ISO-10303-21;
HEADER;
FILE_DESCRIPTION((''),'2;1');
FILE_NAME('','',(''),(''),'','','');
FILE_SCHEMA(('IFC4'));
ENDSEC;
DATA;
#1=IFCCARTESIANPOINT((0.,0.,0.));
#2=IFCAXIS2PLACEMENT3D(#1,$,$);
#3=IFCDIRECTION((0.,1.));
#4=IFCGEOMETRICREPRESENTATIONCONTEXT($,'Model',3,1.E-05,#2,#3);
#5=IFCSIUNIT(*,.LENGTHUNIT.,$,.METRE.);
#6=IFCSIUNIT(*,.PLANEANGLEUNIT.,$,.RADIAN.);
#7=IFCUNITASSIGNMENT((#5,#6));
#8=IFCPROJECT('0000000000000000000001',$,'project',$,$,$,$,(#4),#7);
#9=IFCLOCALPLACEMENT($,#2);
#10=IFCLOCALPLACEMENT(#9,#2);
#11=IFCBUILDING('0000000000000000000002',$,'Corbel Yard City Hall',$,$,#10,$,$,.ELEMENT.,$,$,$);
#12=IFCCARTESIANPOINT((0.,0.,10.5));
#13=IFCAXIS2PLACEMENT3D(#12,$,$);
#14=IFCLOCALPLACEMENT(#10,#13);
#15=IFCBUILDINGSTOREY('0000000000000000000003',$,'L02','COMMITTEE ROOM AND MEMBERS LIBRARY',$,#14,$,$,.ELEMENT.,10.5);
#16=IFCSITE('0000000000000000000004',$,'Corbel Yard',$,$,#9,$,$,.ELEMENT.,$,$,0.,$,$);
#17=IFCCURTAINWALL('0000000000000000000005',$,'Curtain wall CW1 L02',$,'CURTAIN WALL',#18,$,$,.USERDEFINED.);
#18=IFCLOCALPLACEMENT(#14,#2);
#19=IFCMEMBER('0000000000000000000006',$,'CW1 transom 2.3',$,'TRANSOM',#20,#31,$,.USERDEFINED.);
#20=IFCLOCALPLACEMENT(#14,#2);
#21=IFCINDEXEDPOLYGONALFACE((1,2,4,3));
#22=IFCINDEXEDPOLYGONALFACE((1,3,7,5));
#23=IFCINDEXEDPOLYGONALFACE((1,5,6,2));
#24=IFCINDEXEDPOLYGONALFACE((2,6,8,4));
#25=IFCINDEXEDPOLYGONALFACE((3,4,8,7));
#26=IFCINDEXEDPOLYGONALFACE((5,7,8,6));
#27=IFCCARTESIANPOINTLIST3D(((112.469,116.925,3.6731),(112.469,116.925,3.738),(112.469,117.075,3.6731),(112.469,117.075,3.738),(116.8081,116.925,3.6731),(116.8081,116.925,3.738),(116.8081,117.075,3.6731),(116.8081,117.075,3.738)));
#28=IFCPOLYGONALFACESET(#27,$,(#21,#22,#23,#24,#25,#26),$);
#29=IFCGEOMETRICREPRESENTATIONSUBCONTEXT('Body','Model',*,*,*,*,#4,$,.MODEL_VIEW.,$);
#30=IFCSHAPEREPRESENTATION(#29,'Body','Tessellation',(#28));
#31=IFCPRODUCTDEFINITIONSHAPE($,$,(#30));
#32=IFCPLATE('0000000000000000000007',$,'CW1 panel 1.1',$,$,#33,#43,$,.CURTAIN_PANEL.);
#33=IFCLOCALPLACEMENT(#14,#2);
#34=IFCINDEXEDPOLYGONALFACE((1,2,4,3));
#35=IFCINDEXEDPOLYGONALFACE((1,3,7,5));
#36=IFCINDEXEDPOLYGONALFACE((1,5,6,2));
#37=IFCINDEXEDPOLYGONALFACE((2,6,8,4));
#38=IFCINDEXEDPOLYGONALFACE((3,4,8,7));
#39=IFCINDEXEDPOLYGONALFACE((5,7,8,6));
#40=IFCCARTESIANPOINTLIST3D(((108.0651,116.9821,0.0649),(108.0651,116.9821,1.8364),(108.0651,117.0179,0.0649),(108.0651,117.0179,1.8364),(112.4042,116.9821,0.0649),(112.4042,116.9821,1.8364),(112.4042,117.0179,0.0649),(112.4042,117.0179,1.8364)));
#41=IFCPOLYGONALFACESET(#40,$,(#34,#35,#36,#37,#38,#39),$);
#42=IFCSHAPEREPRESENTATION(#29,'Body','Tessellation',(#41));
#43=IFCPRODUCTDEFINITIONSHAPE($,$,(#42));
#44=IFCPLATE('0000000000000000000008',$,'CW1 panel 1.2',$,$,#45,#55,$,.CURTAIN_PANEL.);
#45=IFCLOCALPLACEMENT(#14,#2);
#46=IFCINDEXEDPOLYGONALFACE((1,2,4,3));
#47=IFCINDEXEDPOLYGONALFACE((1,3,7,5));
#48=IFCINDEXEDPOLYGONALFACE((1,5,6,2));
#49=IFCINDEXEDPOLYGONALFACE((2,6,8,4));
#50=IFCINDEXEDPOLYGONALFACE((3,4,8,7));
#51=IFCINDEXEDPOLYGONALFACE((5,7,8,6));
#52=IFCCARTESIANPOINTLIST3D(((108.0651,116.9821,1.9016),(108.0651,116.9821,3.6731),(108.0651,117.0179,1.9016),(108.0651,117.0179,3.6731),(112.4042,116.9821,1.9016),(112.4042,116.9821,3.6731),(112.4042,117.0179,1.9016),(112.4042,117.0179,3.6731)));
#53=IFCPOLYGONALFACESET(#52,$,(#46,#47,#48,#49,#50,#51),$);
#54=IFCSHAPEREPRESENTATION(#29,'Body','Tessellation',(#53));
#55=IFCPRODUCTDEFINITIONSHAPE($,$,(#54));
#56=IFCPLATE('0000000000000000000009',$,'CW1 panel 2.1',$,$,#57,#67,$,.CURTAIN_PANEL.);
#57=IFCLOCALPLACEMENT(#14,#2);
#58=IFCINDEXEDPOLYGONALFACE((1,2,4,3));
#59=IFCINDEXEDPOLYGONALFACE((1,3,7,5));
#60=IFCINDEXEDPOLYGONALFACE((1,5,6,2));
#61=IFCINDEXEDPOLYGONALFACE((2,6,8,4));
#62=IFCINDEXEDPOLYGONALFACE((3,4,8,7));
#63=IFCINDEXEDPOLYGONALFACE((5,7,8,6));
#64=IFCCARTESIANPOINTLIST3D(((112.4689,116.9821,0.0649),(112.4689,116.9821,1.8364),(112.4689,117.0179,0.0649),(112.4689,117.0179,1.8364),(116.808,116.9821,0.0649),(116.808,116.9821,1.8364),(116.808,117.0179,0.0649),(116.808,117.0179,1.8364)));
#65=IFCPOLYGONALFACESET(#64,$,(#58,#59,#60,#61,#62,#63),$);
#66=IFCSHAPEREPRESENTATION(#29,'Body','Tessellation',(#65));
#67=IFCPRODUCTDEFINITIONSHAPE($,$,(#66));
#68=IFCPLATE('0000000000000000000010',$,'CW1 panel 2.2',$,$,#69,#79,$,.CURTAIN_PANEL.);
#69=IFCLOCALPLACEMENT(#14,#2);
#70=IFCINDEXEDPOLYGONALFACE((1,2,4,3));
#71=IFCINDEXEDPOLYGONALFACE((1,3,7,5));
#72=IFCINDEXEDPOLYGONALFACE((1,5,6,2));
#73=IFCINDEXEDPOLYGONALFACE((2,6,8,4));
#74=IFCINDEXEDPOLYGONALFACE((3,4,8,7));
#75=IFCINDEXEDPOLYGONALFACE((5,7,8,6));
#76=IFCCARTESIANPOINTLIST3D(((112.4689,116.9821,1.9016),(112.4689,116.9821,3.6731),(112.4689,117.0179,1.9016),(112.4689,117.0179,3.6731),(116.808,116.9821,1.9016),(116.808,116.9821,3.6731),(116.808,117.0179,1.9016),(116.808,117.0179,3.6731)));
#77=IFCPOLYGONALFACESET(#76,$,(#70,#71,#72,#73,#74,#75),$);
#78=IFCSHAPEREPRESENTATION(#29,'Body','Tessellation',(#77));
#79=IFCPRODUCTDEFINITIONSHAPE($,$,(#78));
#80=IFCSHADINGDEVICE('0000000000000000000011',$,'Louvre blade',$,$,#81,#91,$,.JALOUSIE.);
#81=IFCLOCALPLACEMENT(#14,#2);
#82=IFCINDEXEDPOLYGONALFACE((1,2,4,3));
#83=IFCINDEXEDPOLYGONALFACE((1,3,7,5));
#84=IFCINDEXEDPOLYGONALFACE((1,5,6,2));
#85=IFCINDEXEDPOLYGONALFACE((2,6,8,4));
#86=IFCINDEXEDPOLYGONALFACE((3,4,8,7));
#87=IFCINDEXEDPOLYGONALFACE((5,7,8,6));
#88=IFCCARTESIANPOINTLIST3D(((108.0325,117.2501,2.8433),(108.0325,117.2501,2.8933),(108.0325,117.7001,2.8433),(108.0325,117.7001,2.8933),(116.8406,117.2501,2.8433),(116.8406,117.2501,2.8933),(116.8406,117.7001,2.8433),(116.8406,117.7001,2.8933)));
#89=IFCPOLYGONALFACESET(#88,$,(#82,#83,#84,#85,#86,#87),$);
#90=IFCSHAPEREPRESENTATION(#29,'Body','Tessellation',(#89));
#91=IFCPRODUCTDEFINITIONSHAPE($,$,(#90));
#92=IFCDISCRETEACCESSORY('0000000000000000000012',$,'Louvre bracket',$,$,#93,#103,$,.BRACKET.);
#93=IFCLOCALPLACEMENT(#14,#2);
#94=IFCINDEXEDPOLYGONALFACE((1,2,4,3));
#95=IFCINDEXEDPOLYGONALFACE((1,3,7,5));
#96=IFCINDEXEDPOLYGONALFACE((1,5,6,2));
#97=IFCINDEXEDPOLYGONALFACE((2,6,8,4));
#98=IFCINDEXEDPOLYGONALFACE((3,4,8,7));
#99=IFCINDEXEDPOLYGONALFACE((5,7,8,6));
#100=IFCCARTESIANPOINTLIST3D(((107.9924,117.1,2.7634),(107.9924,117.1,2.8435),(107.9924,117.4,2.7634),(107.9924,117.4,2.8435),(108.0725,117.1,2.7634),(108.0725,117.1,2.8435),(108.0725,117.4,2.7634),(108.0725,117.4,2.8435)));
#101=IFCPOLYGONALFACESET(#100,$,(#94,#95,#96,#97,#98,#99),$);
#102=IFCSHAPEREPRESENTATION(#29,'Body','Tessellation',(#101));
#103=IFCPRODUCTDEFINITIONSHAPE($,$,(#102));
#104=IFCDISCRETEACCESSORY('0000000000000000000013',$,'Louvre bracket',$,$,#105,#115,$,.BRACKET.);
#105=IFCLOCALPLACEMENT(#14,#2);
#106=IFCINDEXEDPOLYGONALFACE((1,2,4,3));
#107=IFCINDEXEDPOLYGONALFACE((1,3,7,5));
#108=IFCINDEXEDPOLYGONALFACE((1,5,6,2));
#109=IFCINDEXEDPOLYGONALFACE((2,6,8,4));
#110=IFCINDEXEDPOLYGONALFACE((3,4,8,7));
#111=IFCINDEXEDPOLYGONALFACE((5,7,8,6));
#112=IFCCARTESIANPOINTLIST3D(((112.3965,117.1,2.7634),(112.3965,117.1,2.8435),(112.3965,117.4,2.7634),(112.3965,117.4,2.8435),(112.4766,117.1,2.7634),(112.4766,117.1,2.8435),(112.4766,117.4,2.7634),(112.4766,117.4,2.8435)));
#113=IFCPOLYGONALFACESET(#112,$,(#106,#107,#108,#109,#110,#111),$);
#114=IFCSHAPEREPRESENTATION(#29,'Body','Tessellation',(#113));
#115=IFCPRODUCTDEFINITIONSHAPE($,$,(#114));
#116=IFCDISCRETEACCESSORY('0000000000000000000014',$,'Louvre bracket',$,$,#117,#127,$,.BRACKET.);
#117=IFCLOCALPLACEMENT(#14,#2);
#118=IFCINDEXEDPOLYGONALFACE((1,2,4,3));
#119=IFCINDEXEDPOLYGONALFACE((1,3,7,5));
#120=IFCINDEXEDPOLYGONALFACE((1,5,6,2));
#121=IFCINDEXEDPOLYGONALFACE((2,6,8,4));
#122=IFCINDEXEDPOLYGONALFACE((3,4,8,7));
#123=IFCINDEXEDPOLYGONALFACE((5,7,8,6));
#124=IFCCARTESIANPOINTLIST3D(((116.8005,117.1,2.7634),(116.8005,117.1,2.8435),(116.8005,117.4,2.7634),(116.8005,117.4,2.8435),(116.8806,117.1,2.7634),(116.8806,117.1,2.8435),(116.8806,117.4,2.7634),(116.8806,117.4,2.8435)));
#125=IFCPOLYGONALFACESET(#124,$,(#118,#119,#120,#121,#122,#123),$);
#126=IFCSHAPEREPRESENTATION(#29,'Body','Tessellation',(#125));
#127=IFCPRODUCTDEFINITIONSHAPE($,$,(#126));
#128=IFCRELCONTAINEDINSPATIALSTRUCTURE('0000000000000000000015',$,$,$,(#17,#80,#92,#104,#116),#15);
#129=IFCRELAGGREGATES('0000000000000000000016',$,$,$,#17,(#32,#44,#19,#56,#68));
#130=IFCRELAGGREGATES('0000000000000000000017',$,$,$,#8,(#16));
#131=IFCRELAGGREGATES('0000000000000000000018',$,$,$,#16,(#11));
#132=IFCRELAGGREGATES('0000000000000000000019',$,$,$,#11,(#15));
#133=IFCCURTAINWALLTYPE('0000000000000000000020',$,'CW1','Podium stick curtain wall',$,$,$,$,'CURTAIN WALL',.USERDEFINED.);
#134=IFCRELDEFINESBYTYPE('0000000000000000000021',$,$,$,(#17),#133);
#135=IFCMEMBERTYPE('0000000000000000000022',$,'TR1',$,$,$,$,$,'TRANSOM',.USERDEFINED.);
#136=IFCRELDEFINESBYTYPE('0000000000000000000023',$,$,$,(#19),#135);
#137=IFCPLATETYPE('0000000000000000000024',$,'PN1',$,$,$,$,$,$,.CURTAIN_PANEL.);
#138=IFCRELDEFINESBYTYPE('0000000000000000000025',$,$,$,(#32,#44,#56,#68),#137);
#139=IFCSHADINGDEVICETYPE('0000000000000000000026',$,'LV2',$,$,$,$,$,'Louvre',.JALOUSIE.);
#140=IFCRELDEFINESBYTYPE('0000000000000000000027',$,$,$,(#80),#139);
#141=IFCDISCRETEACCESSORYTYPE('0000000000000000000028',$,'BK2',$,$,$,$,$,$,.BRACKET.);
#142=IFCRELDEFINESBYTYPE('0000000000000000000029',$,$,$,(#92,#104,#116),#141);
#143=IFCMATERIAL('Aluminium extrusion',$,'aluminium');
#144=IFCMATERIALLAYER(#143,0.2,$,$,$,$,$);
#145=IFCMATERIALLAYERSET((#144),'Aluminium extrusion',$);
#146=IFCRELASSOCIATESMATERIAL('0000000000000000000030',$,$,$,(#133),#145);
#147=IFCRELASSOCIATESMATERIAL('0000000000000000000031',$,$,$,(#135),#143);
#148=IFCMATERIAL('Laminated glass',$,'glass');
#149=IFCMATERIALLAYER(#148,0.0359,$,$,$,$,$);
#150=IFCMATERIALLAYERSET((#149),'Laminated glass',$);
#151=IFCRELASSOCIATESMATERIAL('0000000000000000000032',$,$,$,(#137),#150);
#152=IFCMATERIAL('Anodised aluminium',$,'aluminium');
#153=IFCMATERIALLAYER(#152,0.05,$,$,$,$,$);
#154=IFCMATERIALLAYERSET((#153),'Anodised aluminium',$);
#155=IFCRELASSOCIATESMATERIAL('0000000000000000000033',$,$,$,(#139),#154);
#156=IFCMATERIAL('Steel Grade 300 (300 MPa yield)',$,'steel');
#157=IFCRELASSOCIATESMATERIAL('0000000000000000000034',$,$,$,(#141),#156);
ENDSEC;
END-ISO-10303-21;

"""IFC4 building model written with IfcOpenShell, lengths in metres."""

from ifc_helpers import new_model, si_unit, direction, frame, origin, origin_2d, place, context, subcontext, project, spatial, rectangle, extrude, material, layer, layer_set, material_profile, profile_set, type_object, element, aggregate, save


model = new_model("IFC4")

# Units and contexts
model_context = context("Model", 3, precision=1e-05, world=origin(), true_north=direction((0.0, 1.0)))
body_context = subcontext(model_context, "Body", "Model", "MODEL_VIEW")
ifc_project = project(units=[si_unit("LENGTHUNIT", "METRE"), si_unit("PLANEANGLEUNIT", "RADIAN")], contexts=[model_context])

# Site, building, storey
site_placement = place(None, origin())
site = spatial("IfcSite", under=ifc_project, at=site_placement, Name="Corbel Yard", CompositionType="ELEMENT", RefElevation=0.0)
building_placement = place(site_placement, origin())
building = spatial("IfcBuilding", under=site, at=building_placement, Name="Corbel Yard City Hall", CompositionType="ELEMENT")
storey_placement = place(building_placement, frame((0.0, 0.0, 10.5)))
storey = spatial("IfcBuildingStorey", under=building, at=storey_placement, Name="L02", Description="COMMITTEE ROOM AND MEMBERS LIBRARY", CompositionType="ELEMENT", Elevation=10.5)

# Shared definitions
ifc_material_1 = material(Name="Steel Grade 300 (300 MPa yield)", Category="steel")

# Curtain wall
ifc_material_2 = material(Name="Aluminium extrusion", Category="aluminium")
ifc_layer_1 = layer(ifc_material_2, 0.2)
ifc_layer_set_1 = layer_set([ifc_layer_1], Name="Aluminium extrusion")
curtain_wall_type = type_object("IfcCurtainWallType", Name="CW1", Description="Podium stick curtain wall", ElementType="CURTAIN WALL", PredefinedType="USERDEFINED", material=ifc_layer_set_1)
curtain_wall_placement = place(storey_placement, origin())
curtain_wall = element("IfcCurtainWall", 1, at=curtain_wall_placement, inside=storey, type_object=curtain_wall_type, Name="Curtain wall CW1 L02", ObjectType="CURTAIN WALL", PredefinedType="USERDEFINED")

# Member
ifc_material_profile_1 = material_profile(ifc_material_2, rectangle(XDim=0.1499, YDim=0.0649, at=origin_2d()), Name="150x65")
ifc_profile_set_1 = profile_set([ifc_material_profile_1], Name="Aluminium extrusion")
member_type_1 = type_object("IfcMemberType", Name="TR1", ElementType="TRANSOM", PredefinedType="USERDEFINED", material=ifc_profile_set_1)
member_1_placement = place(storey_placement, frame((112.469, 117.0, 3.7056), z_axis=(1.0, 0.0, 0.0), x_axis=(0.0, 1.0, 0.0)))
member_1 = element("IfcMember", 2, at=member_1_placement, type_object=member_type_1, Name="CW1 transom 2.3", ObjectType="TRANSOM", PredefinedType="USERDEFINED", context=body_context, shape_type="SweptSolid", body=[
    extrude(rectangle(XDim=0.1499, YDim=0.0649, at=origin_2d()), origin(), (0.0, 0.0, 1.0), 4.3391),
])

# Plates
ifc_material_3 = material(Name="Laminated glass", Category="glass")
ifc_layer_2 = layer(ifc_material_3, 0.0359)
ifc_layer_set_2 = layer_set([ifc_layer_2], Name="Laminated glass")
plate_type = type_object("IfcPlateType", Name="PN1", PredefinedType="CURTAIN_PANEL", material=ifc_layer_set_2)
plate_1_placement = place(storey_placement, frame((110.2346, 117.0, 0.0649), z_axis=(0.0, 0.0, 1.0), x_axis=(1.0, 0.0, 0.0)))
plate_1 = element("IfcPlate", 3, at=plate_1_placement, type_object=plate_type, Name="CW1 panel 1.1", PredefinedType="CURTAIN_PANEL", context=body_context, shape_type="SweptSolid", body=[
    extrude(rectangle(XDim=4.3391, YDim=0.0359, at=origin_2d()), origin(), (0.0, 0.0, 1.0), 1.7715),
])
plate_2_placement = place(storey_placement, frame((110.2346, 117.0, 1.9016), z_axis=(0.0, 0.0, 1.0), x_axis=(1.0, 0.0, 0.0)))
plate_2 = element("IfcPlate", 4, at=plate_2_placement, type_object=plate_type, Name="CW1 panel 1.2", PredefinedType="CURTAIN_PANEL", context=body_context, shape_type="SweptSolid", body=[
    extrude(rectangle(XDim=4.3391, YDim=0.0359, at=origin_2d()), origin(), (0.0, 0.0, 1.0), 1.7715),
])
plate_3_placement = place(storey_placement, frame((114.6384, 117.0, 0.0649), z_axis=(0.0, 0.0, 1.0), x_axis=(1.0, 0.0, 0.0)))
plate_3 = element("IfcPlate", 5, at=plate_3_placement, type_object=plate_type, Name="CW1 panel 2.1", PredefinedType="CURTAIN_PANEL", context=body_context, shape_type="SweptSolid", body=[
    extrude(rectangle(XDim=4.3391, YDim=0.0359, at=origin_2d()), origin(), (0.0, 0.0, 1.0), 1.7715),
])
plate_4_placement = place(storey_placement, frame((114.6384, 117.0, 1.9016), z_axis=(0.0, 0.0, 1.0), x_axis=(1.0, 0.0, 0.0)))
plate_4 = element("IfcPlate", 6, at=plate_4_placement, type_object=plate_type, Name="CW1 panel 2.2", PredefinedType="CURTAIN_PANEL", context=body_context, shape_type="SweptSolid", body=[
    extrude(rectangle(XDim=4.3391, YDim=0.0359, at=origin_2d()), origin(), (0.0, 0.0, 1.0), 1.7715),
])
aggregate(curtain_wall, [plate_1, plate_2, member_1, plate_3, plate_4])

# Shading device
ifc_material_4 = material(Name="Anodised aluminium", Category="aluminium")
ifc_layer_3 = layer(ifc_material_4, 0.05)
ifc_layer_set_3 = layer_set([ifc_layer_3], Name="Anodised aluminium")
shading_device_type = type_object("IfcShadingDeviceType", Name="LV2", ElementType="Louvre", PredefinedType="JALOUSIE", material=ifc_layer_set_3)
shading_device_placement = place(storey_placement, frame((112.4365, 117.4751, 2.8433), z_axis=(0.0, 0.0, 1.0), x_axis=(1.0, 0.0, 0.0)))
element("IfcShadingDevice", 7, at=shading_device_placement, inside=storey, type_object=shading_device_type, Name="Louvre blade", PredefinedType="JALOUSIE", context=body_context, shape_type="SweptSolid", body=[
    extrude(rectangle(XDim=8.8081, YDim=0.45, at=origin_2d()), origin(), (0.0, 0.0, 1.0), 0.05),
])

# Discrete accessories
discrete_accessory_type = type_object("IfcDiscreteAccessoryType", Name="BK2", PredefinedType="BRACKET", material=ifc_material_1)
for number, where, z_axis, x_axis, name in (
    (8, (108.0325, 117.25, 2.7634), (0.0, 0.0, 1.0), (1.0, 0.0, 0.0), "Louvre bracket"),
    (9, (112.4365, 117.25, 2.7634), (0.0, 0.0, 1.0), (1.0, 0.0, 0.0), "Louvre bracket"),
    (10, (116.8406, 117.25, 2.7634), (0.0, 0.0, 1.0), (1.0, 0.0, 0.0), "Louvre bracket"),
):
    element("IfcDiscreteAccessory", number, at=place(storey_placement, frame(where, z_axis=z_axis, x_axis=x_axis)), inside=storey, type_object=discrete_accessory_type, Name=name, PredefinedType="BRACKET", context=body_context, shape_type="SweptSolid", body=[
        extrude(rectangle(XDim=0.0801, YDim=0.3, at=origin_2d()), origin(), (0.0, 0.0, 1.0), 0.0801),
    ])

save(model, "model.ifc")
